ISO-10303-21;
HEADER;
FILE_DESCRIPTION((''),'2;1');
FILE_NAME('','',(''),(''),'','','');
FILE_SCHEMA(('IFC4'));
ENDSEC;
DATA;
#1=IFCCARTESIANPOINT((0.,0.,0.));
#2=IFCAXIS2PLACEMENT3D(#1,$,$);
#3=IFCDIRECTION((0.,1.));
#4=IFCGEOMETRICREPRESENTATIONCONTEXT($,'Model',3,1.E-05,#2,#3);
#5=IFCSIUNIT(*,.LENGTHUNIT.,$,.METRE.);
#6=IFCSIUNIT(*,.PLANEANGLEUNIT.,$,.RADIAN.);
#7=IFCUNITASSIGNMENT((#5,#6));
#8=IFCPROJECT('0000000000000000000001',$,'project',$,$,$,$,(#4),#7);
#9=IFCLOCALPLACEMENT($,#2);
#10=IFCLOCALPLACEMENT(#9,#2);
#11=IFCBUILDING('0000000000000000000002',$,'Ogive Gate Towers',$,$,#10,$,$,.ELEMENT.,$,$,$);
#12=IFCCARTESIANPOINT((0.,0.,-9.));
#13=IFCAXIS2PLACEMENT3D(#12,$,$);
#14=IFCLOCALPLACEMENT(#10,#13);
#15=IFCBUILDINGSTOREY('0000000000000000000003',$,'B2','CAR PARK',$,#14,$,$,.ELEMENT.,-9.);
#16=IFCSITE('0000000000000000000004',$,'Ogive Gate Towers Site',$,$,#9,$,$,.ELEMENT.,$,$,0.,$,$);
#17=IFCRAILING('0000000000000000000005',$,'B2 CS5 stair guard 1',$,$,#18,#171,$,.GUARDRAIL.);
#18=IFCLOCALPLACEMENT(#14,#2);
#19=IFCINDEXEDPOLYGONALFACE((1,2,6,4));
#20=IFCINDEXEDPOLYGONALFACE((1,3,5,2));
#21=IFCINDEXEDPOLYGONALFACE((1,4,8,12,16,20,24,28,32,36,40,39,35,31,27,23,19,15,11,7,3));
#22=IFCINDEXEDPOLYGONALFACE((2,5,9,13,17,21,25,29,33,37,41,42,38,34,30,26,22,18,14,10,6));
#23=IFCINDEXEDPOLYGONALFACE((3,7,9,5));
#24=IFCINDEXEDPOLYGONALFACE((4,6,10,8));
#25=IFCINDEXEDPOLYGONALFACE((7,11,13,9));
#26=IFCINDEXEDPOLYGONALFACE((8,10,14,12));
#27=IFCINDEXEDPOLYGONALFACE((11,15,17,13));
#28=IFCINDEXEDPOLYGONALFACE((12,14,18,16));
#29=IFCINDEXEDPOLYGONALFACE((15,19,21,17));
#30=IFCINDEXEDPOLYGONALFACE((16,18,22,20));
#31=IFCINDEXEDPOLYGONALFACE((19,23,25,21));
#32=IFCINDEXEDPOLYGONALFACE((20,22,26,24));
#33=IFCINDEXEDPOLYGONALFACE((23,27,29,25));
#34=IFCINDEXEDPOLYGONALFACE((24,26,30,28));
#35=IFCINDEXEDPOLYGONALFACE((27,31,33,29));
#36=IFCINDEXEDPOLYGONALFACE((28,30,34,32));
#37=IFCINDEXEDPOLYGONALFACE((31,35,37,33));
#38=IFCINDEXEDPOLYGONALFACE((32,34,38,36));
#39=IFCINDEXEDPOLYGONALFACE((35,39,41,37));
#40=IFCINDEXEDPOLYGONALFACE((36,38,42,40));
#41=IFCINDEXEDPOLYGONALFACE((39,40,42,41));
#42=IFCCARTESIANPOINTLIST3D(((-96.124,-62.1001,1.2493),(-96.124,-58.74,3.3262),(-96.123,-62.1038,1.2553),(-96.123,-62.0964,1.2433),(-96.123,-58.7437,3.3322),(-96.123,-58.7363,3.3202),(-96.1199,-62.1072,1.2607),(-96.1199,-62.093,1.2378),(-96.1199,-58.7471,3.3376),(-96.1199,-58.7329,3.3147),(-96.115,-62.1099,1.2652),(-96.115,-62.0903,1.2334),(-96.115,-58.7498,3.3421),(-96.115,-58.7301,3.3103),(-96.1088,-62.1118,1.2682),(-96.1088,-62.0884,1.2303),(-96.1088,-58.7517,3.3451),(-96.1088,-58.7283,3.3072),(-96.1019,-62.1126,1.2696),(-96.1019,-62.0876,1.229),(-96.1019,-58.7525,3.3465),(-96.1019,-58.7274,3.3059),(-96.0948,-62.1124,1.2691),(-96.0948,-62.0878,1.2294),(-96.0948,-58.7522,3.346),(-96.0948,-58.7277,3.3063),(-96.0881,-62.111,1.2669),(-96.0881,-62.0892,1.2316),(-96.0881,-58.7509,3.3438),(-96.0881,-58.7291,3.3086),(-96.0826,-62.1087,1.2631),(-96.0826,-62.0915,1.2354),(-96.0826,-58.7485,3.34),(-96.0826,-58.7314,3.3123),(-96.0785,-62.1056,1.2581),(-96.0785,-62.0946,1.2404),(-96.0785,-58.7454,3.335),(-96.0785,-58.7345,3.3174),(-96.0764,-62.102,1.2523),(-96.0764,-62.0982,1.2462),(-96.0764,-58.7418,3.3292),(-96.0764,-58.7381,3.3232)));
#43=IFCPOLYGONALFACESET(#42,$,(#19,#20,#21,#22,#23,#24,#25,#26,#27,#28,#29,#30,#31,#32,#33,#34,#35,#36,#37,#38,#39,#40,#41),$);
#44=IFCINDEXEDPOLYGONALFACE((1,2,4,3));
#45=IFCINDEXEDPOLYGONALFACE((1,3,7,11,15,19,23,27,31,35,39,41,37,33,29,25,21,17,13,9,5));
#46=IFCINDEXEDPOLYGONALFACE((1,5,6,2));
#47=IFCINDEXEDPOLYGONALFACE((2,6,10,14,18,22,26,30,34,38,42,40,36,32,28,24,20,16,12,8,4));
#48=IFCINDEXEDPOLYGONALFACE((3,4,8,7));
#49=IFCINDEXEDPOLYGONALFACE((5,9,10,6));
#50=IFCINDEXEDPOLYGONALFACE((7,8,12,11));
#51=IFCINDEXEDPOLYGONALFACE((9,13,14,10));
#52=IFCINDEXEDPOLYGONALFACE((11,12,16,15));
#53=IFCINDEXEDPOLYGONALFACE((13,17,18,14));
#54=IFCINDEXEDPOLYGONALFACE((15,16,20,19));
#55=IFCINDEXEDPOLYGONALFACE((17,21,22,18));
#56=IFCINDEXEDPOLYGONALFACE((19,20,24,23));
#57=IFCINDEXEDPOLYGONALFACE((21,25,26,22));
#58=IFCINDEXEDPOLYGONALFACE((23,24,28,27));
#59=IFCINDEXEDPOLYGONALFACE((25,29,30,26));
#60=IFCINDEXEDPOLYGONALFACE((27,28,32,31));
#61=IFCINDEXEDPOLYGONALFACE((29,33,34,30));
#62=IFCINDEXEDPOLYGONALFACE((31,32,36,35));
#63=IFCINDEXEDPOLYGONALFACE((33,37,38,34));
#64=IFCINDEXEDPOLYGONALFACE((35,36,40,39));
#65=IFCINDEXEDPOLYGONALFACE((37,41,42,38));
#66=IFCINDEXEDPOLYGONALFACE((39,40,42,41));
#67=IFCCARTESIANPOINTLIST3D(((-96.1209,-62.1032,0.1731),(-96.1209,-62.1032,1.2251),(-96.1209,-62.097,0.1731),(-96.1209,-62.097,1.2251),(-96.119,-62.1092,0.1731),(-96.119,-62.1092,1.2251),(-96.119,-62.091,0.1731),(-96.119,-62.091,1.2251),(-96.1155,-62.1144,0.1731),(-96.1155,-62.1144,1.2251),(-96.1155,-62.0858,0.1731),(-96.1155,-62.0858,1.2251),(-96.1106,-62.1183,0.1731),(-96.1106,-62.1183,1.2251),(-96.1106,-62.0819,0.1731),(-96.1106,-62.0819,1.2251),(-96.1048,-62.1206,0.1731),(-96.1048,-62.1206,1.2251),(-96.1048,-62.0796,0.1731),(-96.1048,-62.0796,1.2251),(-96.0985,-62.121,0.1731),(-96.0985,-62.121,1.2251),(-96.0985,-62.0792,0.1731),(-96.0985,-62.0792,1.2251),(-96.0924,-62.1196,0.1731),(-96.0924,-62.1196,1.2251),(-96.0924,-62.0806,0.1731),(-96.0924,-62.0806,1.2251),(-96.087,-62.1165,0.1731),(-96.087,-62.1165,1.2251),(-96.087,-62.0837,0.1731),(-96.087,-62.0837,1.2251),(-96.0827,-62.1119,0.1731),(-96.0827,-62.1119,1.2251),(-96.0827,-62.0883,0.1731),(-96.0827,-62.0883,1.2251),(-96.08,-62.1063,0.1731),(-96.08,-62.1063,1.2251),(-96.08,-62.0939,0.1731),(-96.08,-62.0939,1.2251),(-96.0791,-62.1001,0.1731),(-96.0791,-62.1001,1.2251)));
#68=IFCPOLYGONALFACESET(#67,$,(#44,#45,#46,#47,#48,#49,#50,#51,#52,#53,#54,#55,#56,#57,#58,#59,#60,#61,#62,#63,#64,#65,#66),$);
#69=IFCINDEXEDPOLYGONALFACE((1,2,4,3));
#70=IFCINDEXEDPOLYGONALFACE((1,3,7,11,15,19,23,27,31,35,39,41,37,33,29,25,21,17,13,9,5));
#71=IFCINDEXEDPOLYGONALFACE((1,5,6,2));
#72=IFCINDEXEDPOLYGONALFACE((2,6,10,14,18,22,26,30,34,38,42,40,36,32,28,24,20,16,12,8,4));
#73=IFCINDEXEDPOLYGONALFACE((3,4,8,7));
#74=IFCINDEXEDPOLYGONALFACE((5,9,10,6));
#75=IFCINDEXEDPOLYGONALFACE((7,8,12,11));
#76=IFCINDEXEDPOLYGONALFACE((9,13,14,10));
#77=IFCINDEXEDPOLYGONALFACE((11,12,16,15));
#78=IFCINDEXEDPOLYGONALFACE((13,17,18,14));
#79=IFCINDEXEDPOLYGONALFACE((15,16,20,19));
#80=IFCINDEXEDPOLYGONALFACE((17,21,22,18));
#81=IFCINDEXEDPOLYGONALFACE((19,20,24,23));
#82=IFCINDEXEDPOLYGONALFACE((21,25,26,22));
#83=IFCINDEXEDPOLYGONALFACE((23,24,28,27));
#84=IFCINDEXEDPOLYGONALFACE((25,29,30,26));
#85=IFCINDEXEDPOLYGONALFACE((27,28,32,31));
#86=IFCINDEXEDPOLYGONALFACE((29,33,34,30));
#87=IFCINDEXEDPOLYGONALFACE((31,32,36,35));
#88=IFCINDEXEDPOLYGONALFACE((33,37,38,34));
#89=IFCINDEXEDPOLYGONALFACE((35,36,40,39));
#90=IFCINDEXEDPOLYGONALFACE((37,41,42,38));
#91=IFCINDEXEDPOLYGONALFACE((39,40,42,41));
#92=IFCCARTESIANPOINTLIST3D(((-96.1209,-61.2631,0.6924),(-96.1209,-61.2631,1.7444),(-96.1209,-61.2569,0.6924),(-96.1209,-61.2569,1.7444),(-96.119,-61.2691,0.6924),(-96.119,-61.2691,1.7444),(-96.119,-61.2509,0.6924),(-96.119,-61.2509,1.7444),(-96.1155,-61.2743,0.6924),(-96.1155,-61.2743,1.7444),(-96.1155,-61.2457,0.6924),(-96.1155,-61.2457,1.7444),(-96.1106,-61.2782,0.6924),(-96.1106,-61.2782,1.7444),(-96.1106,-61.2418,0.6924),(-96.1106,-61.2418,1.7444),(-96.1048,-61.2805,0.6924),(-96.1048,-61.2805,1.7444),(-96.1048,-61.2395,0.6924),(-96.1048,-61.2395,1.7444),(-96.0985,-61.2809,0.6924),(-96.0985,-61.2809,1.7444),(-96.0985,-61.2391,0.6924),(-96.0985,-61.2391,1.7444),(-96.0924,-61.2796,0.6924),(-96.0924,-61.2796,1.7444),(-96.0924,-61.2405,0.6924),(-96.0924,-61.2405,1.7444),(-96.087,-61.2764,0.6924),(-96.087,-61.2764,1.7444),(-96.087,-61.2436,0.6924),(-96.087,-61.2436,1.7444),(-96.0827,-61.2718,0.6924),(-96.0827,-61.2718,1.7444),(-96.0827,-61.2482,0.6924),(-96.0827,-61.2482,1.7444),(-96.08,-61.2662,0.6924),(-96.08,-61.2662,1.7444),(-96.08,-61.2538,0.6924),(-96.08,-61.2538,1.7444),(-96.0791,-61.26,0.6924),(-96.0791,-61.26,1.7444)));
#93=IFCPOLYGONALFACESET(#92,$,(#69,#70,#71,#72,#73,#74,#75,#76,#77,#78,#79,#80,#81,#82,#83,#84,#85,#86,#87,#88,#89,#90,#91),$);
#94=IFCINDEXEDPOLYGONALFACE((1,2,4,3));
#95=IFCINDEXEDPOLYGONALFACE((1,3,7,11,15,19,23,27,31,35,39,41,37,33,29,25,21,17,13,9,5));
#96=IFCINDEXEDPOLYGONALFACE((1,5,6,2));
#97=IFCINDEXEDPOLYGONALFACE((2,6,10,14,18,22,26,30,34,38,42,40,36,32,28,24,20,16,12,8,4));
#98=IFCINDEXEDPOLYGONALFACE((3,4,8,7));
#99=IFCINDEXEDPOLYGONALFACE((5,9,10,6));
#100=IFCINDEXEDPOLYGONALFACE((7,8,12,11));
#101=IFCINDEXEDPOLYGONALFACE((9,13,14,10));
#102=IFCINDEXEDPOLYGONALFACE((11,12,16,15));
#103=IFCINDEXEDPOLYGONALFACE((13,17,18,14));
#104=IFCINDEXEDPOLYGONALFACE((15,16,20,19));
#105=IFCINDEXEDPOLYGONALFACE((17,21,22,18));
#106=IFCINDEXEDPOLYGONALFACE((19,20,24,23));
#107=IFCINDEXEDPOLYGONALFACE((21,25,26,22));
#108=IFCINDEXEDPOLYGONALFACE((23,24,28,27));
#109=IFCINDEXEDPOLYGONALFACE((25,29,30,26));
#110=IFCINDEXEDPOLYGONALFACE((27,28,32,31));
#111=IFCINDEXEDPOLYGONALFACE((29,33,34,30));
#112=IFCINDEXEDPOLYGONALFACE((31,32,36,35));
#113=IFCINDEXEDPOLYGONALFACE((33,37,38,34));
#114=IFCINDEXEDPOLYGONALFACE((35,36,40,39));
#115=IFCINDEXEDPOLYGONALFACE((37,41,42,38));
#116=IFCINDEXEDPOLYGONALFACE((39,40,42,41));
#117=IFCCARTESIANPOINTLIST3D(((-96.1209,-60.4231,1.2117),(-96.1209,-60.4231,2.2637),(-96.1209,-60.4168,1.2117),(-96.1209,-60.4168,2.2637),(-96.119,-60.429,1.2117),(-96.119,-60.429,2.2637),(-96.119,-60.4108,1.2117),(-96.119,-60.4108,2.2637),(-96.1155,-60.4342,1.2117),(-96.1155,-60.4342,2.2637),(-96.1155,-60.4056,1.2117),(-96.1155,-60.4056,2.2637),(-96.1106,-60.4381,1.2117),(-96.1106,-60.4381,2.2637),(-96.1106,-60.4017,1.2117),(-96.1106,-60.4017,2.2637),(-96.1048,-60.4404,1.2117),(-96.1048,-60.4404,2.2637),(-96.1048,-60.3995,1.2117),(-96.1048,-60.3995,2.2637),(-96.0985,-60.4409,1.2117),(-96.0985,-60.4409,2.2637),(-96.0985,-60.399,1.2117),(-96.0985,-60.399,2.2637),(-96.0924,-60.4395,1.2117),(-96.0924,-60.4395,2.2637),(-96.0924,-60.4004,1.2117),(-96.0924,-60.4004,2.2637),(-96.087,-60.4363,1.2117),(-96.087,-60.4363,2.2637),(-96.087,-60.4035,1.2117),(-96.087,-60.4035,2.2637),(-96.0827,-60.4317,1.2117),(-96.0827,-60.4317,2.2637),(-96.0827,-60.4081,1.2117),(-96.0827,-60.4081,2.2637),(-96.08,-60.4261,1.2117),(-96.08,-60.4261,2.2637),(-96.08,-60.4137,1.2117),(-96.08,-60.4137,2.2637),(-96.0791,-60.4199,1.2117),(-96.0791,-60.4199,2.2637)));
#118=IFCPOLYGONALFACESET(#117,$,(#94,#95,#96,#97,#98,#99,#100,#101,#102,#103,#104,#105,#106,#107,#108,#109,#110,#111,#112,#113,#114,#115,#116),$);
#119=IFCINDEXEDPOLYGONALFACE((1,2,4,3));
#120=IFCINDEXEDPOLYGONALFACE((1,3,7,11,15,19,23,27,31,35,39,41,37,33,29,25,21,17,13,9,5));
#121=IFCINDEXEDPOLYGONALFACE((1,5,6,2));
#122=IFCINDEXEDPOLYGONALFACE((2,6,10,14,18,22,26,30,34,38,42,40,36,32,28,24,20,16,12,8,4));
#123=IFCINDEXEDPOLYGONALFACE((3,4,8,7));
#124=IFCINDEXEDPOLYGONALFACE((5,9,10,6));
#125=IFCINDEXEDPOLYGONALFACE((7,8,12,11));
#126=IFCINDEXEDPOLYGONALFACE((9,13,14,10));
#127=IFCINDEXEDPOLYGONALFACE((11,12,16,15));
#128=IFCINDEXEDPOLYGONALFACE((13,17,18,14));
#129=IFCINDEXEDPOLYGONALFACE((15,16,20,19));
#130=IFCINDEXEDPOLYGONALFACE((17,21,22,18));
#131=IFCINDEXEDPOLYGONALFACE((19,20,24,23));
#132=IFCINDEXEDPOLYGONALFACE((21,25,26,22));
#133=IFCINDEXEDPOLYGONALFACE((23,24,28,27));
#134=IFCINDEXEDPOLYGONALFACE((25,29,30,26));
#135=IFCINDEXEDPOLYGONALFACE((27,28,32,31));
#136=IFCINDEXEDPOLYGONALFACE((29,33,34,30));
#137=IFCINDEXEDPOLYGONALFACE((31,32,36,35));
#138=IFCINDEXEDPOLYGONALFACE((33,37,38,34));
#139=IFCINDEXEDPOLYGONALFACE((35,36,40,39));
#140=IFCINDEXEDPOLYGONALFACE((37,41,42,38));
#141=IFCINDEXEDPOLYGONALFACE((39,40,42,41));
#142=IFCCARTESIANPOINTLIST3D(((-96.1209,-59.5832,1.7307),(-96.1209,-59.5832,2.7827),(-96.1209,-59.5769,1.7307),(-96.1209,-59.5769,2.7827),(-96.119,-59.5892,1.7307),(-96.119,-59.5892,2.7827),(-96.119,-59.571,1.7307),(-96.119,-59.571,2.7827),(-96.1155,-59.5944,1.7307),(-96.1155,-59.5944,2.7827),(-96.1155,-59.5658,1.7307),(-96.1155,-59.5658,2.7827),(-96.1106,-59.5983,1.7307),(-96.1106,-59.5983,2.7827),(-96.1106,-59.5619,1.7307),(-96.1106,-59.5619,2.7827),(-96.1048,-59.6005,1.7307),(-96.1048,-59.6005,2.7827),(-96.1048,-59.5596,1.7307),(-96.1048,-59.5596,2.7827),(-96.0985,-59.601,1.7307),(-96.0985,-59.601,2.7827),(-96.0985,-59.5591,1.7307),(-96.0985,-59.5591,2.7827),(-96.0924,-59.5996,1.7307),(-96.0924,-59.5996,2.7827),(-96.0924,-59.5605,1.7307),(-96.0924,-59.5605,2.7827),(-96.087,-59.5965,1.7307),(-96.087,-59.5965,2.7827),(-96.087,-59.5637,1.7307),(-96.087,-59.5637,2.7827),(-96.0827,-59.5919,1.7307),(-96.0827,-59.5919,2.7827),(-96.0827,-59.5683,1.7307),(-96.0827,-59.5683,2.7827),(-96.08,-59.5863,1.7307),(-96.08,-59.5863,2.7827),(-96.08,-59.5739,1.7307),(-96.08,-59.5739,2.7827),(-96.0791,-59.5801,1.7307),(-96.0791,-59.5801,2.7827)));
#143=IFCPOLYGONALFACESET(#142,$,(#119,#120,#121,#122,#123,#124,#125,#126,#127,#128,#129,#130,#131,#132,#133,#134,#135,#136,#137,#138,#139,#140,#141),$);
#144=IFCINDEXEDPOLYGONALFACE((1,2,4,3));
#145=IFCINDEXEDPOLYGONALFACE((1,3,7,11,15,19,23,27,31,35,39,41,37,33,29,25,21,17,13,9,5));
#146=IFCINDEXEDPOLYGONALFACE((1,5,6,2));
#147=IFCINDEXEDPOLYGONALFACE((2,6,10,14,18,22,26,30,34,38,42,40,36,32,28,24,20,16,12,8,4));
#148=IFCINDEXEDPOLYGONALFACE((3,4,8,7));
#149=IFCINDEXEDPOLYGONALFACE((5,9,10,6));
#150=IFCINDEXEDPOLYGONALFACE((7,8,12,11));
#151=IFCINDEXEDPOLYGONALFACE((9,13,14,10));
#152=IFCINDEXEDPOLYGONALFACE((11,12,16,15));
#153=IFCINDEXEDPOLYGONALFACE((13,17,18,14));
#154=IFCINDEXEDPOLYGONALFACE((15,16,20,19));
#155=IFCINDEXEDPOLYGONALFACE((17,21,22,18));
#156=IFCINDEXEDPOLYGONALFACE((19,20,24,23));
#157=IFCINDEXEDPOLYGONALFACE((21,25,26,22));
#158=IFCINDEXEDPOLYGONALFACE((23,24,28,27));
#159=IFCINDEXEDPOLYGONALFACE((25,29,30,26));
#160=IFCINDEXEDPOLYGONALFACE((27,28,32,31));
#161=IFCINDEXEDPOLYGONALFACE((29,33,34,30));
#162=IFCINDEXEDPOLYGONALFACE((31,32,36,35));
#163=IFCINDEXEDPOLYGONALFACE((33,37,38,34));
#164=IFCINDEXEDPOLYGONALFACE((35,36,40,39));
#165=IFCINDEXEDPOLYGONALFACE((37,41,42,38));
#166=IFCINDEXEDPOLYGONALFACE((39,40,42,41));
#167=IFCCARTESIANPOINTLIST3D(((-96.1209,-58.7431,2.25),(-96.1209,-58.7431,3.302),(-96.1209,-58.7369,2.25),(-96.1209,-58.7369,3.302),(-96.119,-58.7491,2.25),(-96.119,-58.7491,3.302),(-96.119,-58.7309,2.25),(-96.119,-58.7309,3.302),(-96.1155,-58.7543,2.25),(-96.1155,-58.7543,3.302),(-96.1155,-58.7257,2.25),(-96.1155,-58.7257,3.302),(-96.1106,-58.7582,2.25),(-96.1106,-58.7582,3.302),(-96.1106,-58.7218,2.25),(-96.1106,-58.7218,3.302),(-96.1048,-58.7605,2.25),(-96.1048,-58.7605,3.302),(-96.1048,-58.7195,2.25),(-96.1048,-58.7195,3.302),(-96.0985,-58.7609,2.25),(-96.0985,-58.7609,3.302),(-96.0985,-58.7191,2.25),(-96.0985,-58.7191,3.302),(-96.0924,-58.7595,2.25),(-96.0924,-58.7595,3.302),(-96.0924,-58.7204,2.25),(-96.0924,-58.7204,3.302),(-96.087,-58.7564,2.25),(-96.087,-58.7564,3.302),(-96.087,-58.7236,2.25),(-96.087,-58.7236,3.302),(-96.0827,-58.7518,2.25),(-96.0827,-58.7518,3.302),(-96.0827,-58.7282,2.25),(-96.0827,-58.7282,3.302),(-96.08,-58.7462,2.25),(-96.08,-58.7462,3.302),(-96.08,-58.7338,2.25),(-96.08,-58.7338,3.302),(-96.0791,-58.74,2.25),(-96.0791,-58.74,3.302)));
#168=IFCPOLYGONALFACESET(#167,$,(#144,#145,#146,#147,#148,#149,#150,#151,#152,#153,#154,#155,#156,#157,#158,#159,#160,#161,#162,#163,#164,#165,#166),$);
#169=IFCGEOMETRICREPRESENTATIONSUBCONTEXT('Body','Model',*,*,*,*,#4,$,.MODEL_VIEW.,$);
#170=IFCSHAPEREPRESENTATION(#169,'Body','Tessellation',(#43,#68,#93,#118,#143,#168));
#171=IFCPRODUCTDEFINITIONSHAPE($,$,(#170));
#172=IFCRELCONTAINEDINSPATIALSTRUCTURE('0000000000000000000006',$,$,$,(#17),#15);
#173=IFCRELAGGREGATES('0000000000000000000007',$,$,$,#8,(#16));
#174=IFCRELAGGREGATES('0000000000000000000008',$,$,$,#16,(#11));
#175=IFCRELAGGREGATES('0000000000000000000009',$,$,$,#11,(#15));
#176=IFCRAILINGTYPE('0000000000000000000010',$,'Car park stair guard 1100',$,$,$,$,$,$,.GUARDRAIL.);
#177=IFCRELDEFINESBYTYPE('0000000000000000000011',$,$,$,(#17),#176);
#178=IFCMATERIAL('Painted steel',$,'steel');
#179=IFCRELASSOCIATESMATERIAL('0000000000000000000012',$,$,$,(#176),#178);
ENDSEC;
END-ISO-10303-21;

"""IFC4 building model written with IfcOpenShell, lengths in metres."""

from ifc_helpers import new_model, si_unit, direction, frame, origin, origin_2d, place, context, subcontext, project, spatial, circle, extrude, material, type_object, element, save


model = new_model("IFC4")

# Units and contexts
model_context = context("Model", 3, precision=1e-05, world=origin(), true_north=direction((0.0, 1.0)))
body_context = subcontext(model_context, "Body", "Model", "MODEL_VIEW")
ifc_project = project(units=[si_unit("LENGTHUNIT", "METRE"), si_unit("PLANEANGLEUNIT", "RADIAN")], contexts=[model_context])

# Site, building, storey
site_placement = place(None, origin())
site = spatial("IfcSite", under=ifc_project, at=site_placement, Name="Ogive Gate Towers Site", CompositionType="ELEMENT", RefElevation=0.0)
building_placement = place(site_placement, origin())
building = spatial("IfcBuilding", under=site, at=building_placement, Name="Ogive Gate Towers", CompositionType="ELEMENT")
storey_placement = place(building_placement, frame((0.0, 0.0, -9.0)))
storey = spatial("IfcBuildingStorey", under=building, at=storey_placement, Name="B2", Description="CAR PARK", CompositionType="ELEMENT", Elevation=-9.0)

# Railing
ifc_material_1 = material(Name="Painted steel", Category="steel")
railing_type_1 = type_object("IfcRailingType", Name="Car park stair guard 1100", PredefinedType="GUARDRAIL", material=ifc_material_1)
railing_1_placement = place(storey_placement, frame((-96.1001, -62.1001, 0.1731)))
element("IfcRailing", 1, at=railing_1_placement, inside=storey, type_object=railing_type_1, Name="B2 CS5 stair guard 1", PredefinedType="GUARDRAIL", context=body_context, shape_type="SweptSolid", body=[
    extrude(circle(Radius=0.0239, at=origin_2d()), frame((0.0, 0.0, 1.0762), z_axis=(0.0, 0.850623, 0.525776), x_axis=(-1.0, 0.0, 0.0)), (0.0, 0.0, 1.0), 3.9502),
    extrude(circle(Radius=0.021, at=origin_2d()), origin(), (0.0, 0.0, 1.0), 1.052),
    extrude(circle(Radius=0.021, at=origin_2d()), frame((0.0, 0.8401, 0.5193)), (0.0, 0.0, 1.0), 1.052),
    extrude(circle(Radius=0.021, at=origin_2d()), frame((0.0, 1.6802, 1.0386)), (0.0, 0.0, 1.0), 1.052),
    extrude(circle(Radius=0.021, at=origin_2d()), frame((0.0, 2.52, 1.5576)), (0.0, 0.0, 1.0), 1.052),
    extrude(circle(Radius=0.021, at=origin_2d()), frame((0.0, 3.3601, 2.0769)), (0.0, 0.0, 1.0), 1.052),
])

save(model, "model.ifc")
